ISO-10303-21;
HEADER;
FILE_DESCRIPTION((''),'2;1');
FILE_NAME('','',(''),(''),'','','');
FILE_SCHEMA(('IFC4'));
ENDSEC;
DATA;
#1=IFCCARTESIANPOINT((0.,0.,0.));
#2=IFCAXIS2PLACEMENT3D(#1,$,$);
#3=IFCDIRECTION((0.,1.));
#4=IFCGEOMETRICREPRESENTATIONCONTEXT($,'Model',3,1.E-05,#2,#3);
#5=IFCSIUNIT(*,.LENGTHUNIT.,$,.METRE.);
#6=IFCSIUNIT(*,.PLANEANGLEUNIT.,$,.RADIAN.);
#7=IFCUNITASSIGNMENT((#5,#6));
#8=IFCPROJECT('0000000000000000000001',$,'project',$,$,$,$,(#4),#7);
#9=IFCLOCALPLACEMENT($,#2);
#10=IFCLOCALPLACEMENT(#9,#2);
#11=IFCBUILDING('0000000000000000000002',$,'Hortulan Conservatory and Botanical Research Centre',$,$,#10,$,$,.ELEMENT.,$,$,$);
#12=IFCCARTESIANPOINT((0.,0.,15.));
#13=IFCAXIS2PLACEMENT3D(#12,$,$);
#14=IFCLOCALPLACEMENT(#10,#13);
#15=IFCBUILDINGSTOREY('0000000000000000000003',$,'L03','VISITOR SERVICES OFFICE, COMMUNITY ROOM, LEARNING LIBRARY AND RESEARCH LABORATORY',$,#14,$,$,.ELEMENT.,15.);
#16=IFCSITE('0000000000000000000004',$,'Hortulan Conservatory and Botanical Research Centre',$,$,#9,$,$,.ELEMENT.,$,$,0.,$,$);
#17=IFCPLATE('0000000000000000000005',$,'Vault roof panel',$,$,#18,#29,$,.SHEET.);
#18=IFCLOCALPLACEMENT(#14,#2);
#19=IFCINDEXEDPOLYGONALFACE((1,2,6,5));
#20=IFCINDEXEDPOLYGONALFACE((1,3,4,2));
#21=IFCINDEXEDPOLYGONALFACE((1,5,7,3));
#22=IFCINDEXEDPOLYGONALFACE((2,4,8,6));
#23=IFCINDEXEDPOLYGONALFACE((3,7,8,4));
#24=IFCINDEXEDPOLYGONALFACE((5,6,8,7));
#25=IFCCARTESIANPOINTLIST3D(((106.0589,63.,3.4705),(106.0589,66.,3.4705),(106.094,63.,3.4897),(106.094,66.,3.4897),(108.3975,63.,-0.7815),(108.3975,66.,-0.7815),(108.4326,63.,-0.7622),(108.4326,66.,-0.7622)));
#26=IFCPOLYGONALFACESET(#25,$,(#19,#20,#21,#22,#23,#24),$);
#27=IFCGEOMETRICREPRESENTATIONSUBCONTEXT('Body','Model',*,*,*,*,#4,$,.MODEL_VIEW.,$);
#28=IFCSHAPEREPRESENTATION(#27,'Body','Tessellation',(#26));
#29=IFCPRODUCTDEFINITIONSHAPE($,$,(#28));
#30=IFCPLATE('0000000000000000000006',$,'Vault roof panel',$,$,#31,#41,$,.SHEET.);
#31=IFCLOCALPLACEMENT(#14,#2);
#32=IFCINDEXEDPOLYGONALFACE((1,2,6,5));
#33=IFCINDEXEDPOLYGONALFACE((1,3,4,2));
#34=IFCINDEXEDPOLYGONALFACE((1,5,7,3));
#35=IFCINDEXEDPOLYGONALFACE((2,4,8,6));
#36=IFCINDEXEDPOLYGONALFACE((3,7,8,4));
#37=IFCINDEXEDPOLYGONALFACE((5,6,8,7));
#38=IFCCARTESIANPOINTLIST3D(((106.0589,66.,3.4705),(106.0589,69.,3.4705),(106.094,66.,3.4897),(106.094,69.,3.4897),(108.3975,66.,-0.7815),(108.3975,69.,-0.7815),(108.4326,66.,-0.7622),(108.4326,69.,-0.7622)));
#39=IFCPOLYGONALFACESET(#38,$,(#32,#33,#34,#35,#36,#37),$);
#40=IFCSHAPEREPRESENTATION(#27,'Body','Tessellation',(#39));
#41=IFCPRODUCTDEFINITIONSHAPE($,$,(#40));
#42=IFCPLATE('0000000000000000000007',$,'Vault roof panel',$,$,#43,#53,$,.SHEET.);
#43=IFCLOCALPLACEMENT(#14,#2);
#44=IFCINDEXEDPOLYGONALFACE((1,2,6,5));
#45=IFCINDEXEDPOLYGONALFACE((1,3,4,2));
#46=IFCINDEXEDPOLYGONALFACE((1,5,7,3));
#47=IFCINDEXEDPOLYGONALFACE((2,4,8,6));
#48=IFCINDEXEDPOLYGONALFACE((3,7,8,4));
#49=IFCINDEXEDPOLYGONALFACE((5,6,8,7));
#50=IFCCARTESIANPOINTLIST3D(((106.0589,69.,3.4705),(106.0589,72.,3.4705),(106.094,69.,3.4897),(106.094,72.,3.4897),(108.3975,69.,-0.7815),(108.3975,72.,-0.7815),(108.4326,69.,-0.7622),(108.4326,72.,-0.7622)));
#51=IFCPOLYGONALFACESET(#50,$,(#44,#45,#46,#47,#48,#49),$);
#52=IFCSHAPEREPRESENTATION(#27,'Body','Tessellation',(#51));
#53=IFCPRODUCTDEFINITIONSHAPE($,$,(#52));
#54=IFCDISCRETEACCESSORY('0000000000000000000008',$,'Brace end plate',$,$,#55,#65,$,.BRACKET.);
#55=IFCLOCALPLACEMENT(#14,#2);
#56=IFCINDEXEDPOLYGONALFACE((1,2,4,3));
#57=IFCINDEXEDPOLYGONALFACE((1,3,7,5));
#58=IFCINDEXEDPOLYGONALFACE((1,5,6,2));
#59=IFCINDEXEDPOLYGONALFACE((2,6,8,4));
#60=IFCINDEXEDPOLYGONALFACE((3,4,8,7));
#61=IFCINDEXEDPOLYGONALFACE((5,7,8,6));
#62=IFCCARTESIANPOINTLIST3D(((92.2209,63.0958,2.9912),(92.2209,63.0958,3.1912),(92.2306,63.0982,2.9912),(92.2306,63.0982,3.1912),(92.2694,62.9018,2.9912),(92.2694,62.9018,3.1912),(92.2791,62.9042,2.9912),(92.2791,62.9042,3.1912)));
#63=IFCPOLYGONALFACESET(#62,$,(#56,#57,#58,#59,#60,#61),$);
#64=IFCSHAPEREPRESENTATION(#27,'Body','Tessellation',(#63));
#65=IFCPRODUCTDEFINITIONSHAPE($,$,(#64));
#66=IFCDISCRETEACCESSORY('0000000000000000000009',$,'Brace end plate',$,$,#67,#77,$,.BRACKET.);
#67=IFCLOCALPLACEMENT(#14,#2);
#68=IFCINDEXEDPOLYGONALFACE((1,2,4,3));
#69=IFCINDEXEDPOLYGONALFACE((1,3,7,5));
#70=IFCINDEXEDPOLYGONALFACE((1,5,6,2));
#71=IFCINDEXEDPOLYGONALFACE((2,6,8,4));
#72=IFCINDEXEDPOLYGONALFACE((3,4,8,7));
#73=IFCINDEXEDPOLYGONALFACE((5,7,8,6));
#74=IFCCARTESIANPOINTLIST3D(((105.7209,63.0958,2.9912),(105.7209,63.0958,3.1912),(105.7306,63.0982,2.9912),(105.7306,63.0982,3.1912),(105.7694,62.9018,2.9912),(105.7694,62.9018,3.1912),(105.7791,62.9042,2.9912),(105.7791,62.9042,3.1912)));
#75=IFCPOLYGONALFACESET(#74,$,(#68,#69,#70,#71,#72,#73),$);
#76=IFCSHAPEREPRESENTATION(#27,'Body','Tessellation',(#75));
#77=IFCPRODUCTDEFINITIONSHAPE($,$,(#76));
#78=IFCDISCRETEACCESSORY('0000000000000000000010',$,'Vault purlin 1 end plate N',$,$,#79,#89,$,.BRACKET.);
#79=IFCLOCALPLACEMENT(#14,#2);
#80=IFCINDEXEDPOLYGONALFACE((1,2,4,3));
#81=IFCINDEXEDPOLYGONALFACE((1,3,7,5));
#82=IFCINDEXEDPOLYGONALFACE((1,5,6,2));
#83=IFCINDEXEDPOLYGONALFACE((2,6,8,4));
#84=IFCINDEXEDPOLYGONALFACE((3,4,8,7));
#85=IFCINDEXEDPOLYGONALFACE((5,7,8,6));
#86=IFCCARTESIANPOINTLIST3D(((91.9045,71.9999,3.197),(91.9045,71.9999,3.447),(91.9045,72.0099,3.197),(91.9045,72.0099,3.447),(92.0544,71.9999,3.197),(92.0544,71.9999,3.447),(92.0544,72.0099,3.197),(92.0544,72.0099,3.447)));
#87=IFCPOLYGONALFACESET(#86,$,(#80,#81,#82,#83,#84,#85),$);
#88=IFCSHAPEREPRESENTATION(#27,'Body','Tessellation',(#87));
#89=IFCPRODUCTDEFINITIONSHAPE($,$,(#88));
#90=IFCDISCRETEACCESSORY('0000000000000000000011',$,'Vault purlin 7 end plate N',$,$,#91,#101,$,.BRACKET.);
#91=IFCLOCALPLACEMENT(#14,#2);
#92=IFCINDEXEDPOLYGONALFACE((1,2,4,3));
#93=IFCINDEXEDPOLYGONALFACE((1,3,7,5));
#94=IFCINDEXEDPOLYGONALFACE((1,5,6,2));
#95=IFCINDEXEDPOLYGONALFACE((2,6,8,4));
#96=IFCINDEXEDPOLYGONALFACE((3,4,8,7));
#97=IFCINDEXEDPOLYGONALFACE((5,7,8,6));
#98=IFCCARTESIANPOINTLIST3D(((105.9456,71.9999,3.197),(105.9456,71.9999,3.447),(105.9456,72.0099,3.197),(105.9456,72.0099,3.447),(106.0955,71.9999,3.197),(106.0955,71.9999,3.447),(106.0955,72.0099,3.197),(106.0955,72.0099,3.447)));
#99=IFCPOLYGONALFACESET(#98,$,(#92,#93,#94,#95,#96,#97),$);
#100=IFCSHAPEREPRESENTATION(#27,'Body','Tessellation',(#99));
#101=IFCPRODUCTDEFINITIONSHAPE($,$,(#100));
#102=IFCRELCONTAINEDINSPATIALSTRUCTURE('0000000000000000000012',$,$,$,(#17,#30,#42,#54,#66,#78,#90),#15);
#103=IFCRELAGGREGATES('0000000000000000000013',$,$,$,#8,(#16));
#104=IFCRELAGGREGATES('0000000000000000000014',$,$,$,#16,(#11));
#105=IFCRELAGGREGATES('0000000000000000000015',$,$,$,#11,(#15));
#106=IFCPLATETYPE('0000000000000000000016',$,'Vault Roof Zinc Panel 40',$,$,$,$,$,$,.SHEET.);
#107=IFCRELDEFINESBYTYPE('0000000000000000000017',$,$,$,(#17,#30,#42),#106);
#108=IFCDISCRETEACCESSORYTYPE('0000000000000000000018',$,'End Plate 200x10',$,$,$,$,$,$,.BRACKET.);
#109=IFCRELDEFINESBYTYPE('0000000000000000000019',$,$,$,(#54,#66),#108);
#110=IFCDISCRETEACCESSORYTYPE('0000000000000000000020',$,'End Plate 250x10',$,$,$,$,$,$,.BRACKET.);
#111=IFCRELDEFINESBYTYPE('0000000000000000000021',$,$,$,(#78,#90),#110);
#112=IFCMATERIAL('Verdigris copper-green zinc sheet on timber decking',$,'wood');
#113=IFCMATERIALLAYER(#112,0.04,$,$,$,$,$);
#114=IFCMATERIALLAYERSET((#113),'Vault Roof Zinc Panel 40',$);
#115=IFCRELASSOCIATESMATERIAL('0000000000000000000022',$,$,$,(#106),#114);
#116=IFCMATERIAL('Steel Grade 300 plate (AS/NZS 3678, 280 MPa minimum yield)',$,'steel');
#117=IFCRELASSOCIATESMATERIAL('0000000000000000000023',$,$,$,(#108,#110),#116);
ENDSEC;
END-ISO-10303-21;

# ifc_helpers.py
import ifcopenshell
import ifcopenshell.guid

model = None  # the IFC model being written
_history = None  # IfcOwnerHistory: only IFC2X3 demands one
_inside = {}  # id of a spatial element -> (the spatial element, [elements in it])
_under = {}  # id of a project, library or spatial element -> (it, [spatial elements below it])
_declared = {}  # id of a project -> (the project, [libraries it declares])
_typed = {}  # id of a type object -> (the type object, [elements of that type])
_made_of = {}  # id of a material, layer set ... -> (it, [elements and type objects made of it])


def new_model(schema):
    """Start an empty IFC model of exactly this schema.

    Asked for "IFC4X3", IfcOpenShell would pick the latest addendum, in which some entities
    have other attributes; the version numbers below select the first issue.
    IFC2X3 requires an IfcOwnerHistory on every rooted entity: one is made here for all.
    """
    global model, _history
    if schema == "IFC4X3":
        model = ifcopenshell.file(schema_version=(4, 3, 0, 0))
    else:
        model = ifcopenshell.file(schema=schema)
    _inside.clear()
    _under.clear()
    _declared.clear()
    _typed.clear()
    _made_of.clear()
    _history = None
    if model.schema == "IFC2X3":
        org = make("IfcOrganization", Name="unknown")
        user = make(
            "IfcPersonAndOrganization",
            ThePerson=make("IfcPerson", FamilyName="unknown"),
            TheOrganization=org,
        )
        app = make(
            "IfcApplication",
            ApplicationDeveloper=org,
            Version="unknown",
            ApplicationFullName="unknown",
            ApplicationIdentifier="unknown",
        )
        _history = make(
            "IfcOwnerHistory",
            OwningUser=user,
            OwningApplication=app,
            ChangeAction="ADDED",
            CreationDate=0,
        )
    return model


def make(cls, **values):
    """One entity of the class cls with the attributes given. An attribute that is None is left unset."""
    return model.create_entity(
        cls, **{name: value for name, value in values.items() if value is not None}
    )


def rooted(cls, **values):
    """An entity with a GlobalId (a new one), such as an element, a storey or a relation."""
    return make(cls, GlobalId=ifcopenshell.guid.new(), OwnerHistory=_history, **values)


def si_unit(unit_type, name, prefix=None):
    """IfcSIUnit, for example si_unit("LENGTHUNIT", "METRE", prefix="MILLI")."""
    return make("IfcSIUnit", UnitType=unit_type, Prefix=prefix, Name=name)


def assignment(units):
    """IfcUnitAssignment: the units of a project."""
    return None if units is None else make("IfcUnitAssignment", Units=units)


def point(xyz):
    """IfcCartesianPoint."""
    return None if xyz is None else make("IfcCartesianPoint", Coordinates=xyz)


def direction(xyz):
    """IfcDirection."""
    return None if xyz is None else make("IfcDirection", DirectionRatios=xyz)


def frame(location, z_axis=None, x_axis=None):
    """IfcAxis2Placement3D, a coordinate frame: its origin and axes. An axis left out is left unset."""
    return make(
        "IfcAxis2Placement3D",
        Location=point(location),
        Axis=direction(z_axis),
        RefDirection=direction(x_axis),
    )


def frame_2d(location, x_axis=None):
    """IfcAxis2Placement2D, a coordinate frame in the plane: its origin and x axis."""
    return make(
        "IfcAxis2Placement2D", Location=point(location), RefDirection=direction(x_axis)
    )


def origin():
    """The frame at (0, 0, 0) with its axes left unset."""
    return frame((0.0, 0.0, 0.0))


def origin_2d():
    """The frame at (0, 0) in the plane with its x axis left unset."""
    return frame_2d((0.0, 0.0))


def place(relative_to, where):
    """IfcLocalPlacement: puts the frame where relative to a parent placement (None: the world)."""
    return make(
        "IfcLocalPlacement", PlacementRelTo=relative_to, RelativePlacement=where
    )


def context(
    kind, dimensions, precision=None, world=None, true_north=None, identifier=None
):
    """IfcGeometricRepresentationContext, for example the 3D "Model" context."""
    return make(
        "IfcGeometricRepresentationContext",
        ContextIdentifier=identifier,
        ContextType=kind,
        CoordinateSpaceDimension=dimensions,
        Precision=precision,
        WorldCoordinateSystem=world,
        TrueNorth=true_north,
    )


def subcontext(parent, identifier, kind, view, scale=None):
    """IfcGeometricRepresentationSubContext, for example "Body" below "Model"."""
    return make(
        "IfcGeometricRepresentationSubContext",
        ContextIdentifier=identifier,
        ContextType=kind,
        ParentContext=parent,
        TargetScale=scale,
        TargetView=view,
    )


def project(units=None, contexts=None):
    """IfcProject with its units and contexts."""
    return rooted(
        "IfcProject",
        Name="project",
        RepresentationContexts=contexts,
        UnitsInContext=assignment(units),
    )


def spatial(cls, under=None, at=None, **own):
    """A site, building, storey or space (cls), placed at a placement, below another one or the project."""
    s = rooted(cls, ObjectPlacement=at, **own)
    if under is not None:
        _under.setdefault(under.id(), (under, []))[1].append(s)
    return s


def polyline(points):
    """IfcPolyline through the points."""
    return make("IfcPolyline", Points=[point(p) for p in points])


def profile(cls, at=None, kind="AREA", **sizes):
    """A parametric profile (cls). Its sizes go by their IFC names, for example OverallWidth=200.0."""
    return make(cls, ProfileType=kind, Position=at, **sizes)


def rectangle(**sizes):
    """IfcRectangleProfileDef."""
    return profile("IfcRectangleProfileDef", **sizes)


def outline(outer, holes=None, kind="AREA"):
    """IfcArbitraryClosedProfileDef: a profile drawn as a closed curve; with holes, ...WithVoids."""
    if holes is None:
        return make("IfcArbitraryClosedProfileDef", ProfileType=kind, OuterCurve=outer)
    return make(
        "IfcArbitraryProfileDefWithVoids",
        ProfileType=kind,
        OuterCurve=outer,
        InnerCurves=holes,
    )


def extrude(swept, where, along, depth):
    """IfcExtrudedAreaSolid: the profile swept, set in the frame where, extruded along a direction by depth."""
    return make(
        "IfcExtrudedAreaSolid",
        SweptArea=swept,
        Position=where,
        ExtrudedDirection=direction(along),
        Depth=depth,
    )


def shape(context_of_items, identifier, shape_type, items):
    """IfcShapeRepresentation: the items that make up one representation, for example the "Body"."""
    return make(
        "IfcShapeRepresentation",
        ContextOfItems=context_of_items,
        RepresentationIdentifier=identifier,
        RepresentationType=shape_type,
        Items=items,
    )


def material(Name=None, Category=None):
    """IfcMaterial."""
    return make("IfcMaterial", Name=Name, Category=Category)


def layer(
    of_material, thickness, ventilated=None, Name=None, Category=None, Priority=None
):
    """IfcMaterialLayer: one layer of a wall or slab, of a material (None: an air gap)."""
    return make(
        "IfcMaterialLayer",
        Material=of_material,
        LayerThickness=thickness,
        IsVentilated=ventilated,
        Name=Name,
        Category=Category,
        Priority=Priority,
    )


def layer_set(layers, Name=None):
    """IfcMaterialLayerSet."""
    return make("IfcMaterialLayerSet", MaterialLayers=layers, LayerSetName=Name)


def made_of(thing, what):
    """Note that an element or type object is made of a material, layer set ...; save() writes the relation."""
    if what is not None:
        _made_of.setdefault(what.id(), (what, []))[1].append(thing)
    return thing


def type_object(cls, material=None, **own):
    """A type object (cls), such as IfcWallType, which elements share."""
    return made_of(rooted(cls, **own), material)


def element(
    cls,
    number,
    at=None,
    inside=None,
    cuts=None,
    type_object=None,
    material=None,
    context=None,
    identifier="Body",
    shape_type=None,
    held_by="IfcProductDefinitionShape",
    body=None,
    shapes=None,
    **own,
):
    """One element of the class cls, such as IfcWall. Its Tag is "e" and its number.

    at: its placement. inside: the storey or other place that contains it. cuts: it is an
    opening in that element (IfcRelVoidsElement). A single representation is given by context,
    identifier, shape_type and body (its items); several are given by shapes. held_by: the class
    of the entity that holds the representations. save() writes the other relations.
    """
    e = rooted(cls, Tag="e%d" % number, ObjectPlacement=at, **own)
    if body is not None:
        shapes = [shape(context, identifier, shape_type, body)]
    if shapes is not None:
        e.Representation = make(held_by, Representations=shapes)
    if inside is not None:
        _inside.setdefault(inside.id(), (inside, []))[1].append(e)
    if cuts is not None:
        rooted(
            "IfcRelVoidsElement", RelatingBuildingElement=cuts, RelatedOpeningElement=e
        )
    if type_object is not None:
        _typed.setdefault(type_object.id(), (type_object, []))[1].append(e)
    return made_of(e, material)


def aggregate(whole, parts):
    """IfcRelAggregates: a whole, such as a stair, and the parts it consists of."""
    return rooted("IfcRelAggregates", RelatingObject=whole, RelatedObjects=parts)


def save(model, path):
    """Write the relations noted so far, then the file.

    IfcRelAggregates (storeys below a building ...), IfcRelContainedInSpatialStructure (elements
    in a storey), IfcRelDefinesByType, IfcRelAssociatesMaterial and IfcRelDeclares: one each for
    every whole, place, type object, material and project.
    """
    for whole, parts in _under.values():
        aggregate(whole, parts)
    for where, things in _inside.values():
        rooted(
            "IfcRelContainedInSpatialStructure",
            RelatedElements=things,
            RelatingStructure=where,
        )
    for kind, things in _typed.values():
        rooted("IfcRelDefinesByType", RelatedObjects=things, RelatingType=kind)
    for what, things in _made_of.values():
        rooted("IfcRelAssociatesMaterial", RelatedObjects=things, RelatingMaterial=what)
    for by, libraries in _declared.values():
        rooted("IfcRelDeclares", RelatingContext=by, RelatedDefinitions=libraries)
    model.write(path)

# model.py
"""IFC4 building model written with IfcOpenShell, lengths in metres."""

from ifc_helpers import new_model, si_unit, direction, frame, origin, origin_2d, place, context, subcontext, project, spatial, polyline, rectangle, outline, extrude, material, layer, layer_set, type_object, element, save


model = new_model("IFC4")

# Units and contexts
model_context = context("Model", 3, precision=1e-05, world=origin(), true_north=direction((0.0, 1.0)))
body_context = subcontext(model_context, "Body", "Model", "MODEL_VIEW")
ifc_project = project(units=[si_unit("LENGTHUNIT", "METRE"), si_unit("PLANEANGLEUNIT", "RADIAN")], contexts=[model_context])

# Site, building, storey
site_placement = place(None, origin())
site = spatial("IfcSite", under=ifc_project, at=site_placement, Name="Hortulan Conservatory and Botanical Research Centre", CompositionType="ELEMENT", RefElevation=0.0)
building_placement = place(site_placement, origin())
building = spatial("IfcBuilding", under=site, at=building_placement, Name="Hortulan Conservatory and Botanical Research Centre", CompositionType="ELEMENT")
storey_placement = place(building_placement, frame((0.0, 0.0, 15.0)))
storey = spatial("IfcBuildingStorey", under=building, at=storey_placement, Name="L03", Description="VISITOR SERVICES OFFICE, COMMUNITY ROOM, LEARNING LIBRARY AND RESEARCH LABORATORY", CompositionType="ELEMENT", Elevation=15.0)

# Plates
ifc_material_1 = material(Name="Verdigris copper-green zinc sheet on timber decking", Category="wood")
ifc_layer = layer(ifc_material_1, 0.04)
ifc_layer_set = layer_set([ifc_layer], Name="Vault Roof Zinc Panel 40")
plate_type = type_object("IfcPlateType", Name="Vault Roof Zinc Panel 40", PredefinedType="SHEET", material=ifc_layer_set)
for number, where, z_axis, x_axis, name in (
    (1, (106.094, 63.0, 3.4897), (0.876212, 0.0, 0.481926), (0.481926, 0.0, -0.876212), "Vault roof panel"),
    (2, (106.094, 66.0, 3.4897), (0.876212, 0.0, 0.481926), (0.481926, 0.0, -0.876212), "Vault roof panel"),
    (3, (106.094, 69.0, 3.4897), (0.876212, 0.0, 0.481926), (0.481926, 0.0, -0.876212), "Vault roof panel"),
):
    element("IfcPlate", number, at=place(storey_placement, frame(where, z_axis=z_axis, x_axis=x_axis)), inside=storey, type_object=plate_type, Name=name, PredefinedType="SHEET", context=body_context, shape_type="SweptSolid", body=[
        extrude(outline(polyline([(0.0, 0.0), (4.8527, 0.0), (4.8527, 3.0), (0.0, 3.0), (0.0, 0.0)])), origin(), (0.0, 0.0, -1.0), 0.04),
    ])

# Discrete accessories
ifc_material_2 = material(Name="Steel Grade 300 plate (AS/NZS 3678, 280 MPa minimum yield)", Category="steel")
discrete_accessory_type_1 = type_object("IfcDiscreteAccessoryType", Name="End Plate 200x10", PredefinedType="BRACKET", material=ifc_material_2)
for number, where, z_axis, x_axis, name in (
    (4, (92.25, 63.0, 2.9912), (0.0, 0.0, 1.0), (0.242532, -0.970144, 0.0), "Brace end plate"),
    (5, (105.75, 63.0, 2.9912), (0.0, 0.0, 1.0), (0.242532, -0.970144, 0.0), "Brace end plate"),
):
    element("IfcDiscreteAccessory", number, at=place(storey_placement, frame(where, z_axis=z_axis, x_axis=x_axis)), inside=storey, type_object=discrete_accessory_type_1, Name=name, PredefinedType="BRACKET", context=body_context, shape_type="SweptSolid", body=[
        extrude(rectangle(XDim=0.2, YDim=0.01, at=origin_2d()), origin(), (0.0, 0.0, 1.0), 0.2),
    ])
discrete_accessory_type_2 = type_object("IfcDiscreteAccessoryType", Name="End Plate 250x10", PredefinedType="BRACKET", material=ifc_material_2)
for number, where, z_axis, x_axis, name in (
    (6, (91.9795, 72.0049, 3.197), (0.0, 0.0, 1.0), (1.0, 0.0, 0.0), "Vault purlin 1 end plate N"),
    (7, (106.0205, 72.0049, 3.197), (0.0, 0.0, 1.0), (1.0, 0.0, 0.0), "Vault purlin 7 end plate N"),
):
    element("IfcDiscreteAccessory", number, at=place(storey_placement, frame(where, z_axis=z_axis, x_axis=x_axis)), inside=storey, type_object=discrete_accessory_type_2, Name=name, PredefinedType="BRACKET", context=body_context, shape_type="SweptSolid", body=[
        extrude(rectangle(XDim=0.1499, YDim=0.01, at=origin_2d()), origin(), (0.0, 0.0, 1.0), 0.25),
    ])

save(model, "model.ifc")
